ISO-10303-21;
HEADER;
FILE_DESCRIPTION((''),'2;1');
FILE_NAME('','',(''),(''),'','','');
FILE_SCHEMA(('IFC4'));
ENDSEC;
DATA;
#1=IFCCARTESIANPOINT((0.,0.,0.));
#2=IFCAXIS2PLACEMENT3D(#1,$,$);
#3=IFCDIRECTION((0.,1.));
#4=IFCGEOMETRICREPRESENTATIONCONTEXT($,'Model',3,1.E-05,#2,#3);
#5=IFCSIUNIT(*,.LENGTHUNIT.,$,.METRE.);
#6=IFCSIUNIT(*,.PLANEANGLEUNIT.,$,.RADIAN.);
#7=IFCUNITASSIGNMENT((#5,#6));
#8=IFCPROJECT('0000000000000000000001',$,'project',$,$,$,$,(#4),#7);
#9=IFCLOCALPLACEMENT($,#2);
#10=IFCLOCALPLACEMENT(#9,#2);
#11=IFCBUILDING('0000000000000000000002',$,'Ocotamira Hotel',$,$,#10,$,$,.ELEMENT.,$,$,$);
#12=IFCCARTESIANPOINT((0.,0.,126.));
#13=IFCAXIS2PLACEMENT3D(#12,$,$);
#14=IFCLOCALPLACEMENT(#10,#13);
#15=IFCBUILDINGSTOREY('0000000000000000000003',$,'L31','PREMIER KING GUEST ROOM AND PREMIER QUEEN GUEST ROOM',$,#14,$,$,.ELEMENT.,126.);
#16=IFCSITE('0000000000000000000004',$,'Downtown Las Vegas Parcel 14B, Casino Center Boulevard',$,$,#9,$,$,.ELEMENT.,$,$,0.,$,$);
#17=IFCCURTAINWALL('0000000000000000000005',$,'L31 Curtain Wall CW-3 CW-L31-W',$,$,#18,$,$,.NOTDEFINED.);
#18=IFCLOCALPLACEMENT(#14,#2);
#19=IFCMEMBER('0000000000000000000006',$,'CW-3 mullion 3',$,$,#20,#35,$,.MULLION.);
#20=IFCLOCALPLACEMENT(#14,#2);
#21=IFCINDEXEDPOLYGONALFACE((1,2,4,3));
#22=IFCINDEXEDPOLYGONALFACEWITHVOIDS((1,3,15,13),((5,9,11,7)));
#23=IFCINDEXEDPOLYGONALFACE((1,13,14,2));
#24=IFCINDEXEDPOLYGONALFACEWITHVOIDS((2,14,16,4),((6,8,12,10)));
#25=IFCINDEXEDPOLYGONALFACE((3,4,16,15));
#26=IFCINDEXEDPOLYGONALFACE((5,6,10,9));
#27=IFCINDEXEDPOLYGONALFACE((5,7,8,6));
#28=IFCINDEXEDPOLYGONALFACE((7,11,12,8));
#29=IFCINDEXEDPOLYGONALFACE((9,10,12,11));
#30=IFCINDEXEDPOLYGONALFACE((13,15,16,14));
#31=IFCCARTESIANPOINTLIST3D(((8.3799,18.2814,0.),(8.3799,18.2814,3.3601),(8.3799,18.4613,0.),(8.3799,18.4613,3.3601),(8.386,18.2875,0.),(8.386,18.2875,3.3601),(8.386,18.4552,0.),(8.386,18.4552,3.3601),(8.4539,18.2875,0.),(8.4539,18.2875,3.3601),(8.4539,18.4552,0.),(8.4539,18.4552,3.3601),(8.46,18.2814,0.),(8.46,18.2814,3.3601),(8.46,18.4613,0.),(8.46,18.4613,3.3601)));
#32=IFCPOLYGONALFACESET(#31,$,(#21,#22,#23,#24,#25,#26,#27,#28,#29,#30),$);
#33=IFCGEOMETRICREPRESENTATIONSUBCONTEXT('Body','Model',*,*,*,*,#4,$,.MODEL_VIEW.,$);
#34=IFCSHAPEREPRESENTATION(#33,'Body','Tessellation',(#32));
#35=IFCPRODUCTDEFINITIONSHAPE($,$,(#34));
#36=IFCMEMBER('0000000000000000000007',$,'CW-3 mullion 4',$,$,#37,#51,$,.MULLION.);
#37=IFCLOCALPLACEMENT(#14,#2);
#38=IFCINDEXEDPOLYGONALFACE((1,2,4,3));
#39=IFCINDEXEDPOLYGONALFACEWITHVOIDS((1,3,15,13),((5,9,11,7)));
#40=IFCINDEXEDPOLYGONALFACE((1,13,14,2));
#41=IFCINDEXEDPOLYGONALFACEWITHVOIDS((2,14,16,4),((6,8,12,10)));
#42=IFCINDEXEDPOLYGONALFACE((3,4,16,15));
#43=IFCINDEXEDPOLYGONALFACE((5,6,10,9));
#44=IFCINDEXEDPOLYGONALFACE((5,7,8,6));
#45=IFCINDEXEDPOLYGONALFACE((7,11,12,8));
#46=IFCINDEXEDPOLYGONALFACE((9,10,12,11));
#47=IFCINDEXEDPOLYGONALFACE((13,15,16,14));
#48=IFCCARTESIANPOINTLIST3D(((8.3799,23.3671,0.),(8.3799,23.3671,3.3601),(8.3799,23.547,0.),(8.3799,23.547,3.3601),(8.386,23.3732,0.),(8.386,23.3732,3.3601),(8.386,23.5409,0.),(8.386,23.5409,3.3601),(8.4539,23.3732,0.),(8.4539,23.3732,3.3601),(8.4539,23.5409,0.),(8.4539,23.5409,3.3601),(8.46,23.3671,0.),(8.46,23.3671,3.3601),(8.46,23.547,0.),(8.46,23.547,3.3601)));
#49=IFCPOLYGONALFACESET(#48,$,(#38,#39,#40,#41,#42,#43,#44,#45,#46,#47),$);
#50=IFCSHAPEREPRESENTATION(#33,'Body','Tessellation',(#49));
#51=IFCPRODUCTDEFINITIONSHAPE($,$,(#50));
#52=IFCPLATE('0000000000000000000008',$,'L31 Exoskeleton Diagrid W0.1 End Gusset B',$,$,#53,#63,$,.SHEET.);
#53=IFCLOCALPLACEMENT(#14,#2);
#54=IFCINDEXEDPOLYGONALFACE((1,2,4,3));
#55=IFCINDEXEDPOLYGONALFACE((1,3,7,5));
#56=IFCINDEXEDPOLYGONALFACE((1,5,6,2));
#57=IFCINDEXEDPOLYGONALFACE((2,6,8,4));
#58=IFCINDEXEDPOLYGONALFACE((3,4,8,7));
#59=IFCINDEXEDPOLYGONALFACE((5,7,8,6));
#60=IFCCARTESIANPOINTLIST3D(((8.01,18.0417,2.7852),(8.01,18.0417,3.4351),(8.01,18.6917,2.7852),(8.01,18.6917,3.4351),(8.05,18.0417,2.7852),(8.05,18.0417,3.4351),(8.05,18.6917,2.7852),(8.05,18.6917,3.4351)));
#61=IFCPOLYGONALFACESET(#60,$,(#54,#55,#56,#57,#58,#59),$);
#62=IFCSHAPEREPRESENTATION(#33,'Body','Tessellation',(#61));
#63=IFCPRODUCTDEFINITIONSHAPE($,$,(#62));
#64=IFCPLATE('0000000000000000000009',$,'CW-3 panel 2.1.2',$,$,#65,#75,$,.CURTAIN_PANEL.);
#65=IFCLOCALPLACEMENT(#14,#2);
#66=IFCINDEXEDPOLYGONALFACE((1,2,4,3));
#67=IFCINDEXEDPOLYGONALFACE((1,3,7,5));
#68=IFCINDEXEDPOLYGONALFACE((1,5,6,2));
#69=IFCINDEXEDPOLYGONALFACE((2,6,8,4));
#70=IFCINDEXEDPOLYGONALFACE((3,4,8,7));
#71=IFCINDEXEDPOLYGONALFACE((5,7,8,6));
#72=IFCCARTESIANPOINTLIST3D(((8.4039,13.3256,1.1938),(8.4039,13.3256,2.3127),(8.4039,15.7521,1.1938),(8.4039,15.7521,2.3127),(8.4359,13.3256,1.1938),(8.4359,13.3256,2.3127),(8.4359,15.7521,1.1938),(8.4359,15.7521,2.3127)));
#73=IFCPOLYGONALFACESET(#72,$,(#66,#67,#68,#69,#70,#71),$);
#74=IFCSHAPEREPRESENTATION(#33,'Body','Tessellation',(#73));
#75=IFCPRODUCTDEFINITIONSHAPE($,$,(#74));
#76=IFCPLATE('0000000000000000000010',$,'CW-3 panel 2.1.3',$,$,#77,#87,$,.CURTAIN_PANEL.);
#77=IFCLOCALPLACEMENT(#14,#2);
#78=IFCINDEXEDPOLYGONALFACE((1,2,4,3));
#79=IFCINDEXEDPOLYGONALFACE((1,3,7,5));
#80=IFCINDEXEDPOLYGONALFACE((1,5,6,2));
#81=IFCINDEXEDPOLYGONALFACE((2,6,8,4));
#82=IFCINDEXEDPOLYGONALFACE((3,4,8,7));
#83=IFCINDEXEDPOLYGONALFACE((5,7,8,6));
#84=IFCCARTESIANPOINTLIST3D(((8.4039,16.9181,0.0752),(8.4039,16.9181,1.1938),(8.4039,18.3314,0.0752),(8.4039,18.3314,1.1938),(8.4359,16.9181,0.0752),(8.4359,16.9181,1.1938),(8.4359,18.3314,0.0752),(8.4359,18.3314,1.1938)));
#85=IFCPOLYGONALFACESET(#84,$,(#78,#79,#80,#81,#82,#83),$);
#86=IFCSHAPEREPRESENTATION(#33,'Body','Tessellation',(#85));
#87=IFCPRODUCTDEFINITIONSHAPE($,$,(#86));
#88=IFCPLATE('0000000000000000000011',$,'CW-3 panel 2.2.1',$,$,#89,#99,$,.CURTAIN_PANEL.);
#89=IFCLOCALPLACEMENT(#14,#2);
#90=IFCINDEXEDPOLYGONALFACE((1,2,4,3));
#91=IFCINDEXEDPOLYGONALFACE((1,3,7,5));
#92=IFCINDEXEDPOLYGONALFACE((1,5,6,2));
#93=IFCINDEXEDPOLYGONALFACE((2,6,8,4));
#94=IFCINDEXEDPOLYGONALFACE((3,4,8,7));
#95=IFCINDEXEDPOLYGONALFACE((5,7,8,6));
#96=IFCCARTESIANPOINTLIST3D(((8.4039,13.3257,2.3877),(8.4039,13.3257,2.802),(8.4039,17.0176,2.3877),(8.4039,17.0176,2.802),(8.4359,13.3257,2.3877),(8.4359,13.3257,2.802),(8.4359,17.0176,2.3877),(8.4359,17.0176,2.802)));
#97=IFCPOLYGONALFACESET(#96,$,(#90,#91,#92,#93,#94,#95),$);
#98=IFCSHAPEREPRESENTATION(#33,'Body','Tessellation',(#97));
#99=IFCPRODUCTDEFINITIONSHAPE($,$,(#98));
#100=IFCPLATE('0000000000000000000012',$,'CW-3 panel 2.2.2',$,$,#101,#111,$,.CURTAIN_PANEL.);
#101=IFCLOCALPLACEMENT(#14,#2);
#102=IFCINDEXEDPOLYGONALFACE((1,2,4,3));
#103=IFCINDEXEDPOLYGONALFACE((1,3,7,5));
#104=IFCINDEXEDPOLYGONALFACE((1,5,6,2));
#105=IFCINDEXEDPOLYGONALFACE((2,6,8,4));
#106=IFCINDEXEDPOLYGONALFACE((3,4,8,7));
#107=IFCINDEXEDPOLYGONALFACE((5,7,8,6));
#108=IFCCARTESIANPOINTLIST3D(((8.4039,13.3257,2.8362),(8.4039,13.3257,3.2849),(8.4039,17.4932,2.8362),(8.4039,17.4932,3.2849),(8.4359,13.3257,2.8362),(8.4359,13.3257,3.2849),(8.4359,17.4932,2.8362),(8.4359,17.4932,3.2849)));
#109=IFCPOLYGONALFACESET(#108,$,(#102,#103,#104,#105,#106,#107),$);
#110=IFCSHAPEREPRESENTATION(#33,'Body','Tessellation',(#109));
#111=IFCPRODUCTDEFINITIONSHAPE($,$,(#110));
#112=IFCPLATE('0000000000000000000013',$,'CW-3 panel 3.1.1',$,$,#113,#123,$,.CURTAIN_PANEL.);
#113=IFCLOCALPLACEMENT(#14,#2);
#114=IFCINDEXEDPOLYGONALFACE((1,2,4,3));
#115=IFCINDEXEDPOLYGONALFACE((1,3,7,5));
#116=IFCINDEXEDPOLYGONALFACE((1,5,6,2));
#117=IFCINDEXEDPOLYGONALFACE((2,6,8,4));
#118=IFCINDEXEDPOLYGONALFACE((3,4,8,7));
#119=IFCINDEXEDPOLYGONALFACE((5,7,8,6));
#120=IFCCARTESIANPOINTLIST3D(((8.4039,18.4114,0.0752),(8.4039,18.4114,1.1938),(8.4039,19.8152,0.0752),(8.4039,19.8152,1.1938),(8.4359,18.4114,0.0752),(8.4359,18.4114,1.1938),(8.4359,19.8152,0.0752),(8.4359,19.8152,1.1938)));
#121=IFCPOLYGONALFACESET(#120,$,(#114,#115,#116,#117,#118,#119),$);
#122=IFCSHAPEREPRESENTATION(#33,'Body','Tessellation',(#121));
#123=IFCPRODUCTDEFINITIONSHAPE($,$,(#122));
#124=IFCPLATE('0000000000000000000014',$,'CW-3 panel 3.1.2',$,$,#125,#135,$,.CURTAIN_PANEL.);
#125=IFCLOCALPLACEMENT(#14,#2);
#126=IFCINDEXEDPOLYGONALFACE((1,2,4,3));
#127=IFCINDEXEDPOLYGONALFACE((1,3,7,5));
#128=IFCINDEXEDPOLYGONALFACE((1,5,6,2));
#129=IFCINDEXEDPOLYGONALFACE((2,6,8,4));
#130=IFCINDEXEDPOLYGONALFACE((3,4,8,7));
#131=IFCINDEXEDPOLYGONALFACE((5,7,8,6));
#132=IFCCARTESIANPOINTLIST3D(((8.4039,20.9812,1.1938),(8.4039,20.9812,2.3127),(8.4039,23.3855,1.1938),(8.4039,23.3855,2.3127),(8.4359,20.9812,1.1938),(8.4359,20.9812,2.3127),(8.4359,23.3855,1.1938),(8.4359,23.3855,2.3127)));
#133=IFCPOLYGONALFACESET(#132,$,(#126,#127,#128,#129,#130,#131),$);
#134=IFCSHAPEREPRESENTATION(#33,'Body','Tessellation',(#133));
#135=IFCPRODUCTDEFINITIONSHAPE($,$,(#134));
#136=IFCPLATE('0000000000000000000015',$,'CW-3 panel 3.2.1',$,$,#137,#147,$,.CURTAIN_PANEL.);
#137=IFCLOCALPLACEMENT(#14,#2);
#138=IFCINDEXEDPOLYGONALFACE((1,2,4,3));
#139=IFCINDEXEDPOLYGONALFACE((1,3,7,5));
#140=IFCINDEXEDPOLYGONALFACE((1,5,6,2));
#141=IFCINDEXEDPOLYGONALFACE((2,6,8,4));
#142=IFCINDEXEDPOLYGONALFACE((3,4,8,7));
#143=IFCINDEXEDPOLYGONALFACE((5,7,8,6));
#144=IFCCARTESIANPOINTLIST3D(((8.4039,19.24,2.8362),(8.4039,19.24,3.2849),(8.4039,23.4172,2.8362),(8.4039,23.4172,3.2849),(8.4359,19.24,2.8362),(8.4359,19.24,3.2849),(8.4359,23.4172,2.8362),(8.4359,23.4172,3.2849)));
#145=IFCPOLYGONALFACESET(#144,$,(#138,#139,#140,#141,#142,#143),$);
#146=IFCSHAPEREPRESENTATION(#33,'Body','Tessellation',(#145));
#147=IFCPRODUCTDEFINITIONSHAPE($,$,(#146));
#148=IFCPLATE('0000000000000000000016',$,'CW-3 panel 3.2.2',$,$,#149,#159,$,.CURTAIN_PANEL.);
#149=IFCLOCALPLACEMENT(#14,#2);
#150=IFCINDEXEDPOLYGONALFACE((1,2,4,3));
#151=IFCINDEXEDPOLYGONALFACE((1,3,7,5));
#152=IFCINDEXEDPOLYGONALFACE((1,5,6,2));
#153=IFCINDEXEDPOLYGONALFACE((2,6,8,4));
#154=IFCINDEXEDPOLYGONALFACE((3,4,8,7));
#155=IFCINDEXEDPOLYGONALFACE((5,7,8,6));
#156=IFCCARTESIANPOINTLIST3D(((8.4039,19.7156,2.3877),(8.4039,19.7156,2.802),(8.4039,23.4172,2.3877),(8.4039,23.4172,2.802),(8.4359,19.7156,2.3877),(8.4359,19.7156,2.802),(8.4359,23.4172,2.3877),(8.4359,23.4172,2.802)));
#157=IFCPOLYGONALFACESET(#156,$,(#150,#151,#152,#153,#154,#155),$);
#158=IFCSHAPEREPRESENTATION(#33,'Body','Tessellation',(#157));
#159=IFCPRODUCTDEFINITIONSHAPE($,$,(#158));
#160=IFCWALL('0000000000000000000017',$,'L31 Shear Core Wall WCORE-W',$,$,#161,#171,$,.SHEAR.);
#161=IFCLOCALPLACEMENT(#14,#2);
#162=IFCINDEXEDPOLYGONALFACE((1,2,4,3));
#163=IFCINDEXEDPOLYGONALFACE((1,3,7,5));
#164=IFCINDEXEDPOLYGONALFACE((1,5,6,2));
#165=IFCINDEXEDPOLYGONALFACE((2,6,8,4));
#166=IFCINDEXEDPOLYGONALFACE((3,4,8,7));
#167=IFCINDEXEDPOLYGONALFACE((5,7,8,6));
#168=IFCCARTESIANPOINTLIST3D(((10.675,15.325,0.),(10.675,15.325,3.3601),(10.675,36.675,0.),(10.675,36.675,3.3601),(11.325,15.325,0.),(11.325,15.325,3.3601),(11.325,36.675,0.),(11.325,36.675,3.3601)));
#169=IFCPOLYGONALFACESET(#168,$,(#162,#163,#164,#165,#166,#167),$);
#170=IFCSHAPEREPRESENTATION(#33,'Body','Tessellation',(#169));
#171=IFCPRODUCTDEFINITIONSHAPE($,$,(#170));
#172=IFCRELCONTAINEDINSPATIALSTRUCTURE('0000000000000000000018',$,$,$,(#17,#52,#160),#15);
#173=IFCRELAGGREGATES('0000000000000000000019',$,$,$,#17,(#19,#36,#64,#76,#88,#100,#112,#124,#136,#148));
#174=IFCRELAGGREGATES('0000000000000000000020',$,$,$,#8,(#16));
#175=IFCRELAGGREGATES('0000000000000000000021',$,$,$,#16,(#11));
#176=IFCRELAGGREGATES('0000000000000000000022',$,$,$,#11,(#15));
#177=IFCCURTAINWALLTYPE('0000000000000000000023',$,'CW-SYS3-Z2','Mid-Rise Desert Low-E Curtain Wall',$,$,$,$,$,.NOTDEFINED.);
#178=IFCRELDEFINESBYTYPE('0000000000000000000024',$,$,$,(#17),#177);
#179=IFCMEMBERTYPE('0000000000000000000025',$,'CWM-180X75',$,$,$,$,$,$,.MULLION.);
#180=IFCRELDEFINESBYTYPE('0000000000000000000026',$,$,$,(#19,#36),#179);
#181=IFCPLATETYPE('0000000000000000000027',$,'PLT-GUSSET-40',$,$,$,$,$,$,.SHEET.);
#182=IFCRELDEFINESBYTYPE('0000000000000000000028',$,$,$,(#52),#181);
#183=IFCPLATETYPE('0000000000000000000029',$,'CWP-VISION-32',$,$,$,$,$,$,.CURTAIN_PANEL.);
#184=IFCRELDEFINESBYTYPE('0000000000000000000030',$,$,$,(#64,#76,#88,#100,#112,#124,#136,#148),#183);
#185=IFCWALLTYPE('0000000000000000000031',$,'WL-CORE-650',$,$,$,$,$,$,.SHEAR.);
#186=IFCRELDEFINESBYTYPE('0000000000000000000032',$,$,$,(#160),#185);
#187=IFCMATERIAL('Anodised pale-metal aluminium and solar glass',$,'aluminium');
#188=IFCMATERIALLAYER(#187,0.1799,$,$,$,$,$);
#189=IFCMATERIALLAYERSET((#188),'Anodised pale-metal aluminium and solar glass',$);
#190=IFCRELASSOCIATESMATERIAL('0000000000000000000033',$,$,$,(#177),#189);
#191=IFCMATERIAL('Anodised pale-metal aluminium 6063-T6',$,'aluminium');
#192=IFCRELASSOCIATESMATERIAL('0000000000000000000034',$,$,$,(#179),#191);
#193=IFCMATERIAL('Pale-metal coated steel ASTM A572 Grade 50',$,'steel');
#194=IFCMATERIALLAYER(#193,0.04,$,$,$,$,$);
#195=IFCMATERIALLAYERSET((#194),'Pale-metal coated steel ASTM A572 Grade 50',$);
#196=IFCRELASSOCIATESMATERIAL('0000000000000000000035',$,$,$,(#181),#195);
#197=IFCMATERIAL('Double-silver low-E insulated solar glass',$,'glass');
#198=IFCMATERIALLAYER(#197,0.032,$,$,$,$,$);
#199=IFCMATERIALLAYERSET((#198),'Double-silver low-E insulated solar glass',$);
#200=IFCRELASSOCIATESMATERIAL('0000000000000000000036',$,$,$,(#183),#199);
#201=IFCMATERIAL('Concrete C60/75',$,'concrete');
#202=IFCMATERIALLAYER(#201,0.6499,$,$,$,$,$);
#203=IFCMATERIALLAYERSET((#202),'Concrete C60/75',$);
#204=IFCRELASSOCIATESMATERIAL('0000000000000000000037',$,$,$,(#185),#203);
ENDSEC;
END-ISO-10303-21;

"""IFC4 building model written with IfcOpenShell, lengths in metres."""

from ifc_helpers import new_model, si_unit, direction, frame, frame_2d, origin, origin_2d, place, context, subcontext, project, spatial, rectangle, hollow_rectangle, extrude, source, transform, mapped, material, layer, layer_set, material_profile, profile_set, type_object, element, aggregate, save


model = new_model("IFC4")

# Units and contexts
model_context = context("Model", 3, precision=1e-05, world=origin(), true_north=direction((0.0, 1.0)))
body_context = subcontext(model_context, "Body", "Model", "MODEL_VIEW")
ifc_project = project(units=[si_unit("LENGTHUNIT", "METRE"), si_unit("PLANEANGLEUNIT", "RADIAN")], contexts=[model_context])

# Site, building, storey
site_placement = place(None, origin())
site = spatial("IfcSite", under=ifc_project, at=site_placement, Name="Downtown Las Vegas Parcel 14B, Casino Center Boulevard", CompositionType="ELEMENT", RefElevation=0.0)
building_placement = place(site_placement, origin())
building = spatial("IfcBuilding", under=site, at=building_placement, Name="Ocotamira Hotel", CompositionType="ELEMENT")
storey_placement = place(building_placement, frame((0.0, 0.0, 126.0)))
storey = spatial("IfcBuildingStorey", under=building, at=storey_placement, Name="L31", Description="PREMIER KING GUEST ROOM AND PREMIER QUEEN GUEST ROOM", CompositionType="ELEMENT", Elevation=126.0)

# Shared definitions
ifc_material_1 = material(Name="Concrete C60/75", Category="concrete")

# Curtain wall, members
ifc_material_2 = material(Name="Anodised pale-metal aluminium and solar glass", Category="aluminium")
ifc_layer_1 = layer(ifc_material_2, 0.1799)
ifc_layer_set_1 = layer_set([ifc_layer_1], Name="Anodised pale-metal aluminium and solar glass")
curtain_wall_type = type_object("IfcCurtainWallType", Name="CW-SYS3-Z2", Description="Mid-Rise Desert Low-E Curtain Wall", PredefinedType="NOTDEFINED", material=ifc_layer_set_1)
curtain_wall_placement = place(storey_placement, origin())
curtain_wall = element("IfcCurtainWall", 1, at=curtain_wall_placement, inside=storey, type_object=curtain_wall_type, Name="L31 Curtain Wall CW-3 CW-L31-W", PredefinedType="NOTDEFINED")
ifc_material_3 = material(Name="Anodised pale-metal aluminium 6063-T6", Category="aluminium")
ifc_material_profile_1 = material_profile(ifc_material_3, hollow_rectangle(XDim=0.0801, YDim=0.1799, WallThickness=0.0061, at=origin_2d()), Name="HSS180X80X6")
ifc_profile_set_1 = profile_set([ifc_material_profile_1], Name="Anodised pale-metal aluminium 6063-T6")
member_type_1 = type_object("IfcMemberType", Name="CWM-180X75", PredefinedType="MULLION", material=ifc_profile_set_1)
shared_shape_1 = source(origin(), body_context, "Body", "SweptSolid", [
    extrude(hollow_rectangle(XDim=0.0801, YDim=0.1799, WallThickness=0.0061, at=origin_2d()), origin(), (0.0, 0.0, 1.0), 3.3601),
])
member_1_placement = place(storey_placement, frame((8.4199, 18.3713, 0.0), z_axis=(0.0, 0.0, 1.0), x_axis=(-1.0, 0.0, 0.0)))
member_1 = element("IfcMember", 2, at=member_1_placement, type_object=member_type_1, Name="CW-3 mullion 3", PredefinedType="MULLION", context=body_context, shape_type="MappedRepresentation", body=[
    mapped(shared_shape_1, transform((0.0, 0.0, 0.0), scale=1.0)),
])
member_2_placement = place(storey_placement, frame((8.4199, 23.457, 0.0), z_axis=(0.0, 0.0, 1.0), x_axis=(-1.0, 0.0, 0.0)))
member_2 = element("IfcMember", 3, at=member_2_placement, type_object=member_type_1, Name="CW-3 mullion 4", PredefinedType="MULLION", context=body_context, shape_type="MappedRepresentation", body=[
    mapped(shared_shape_1, transform((0.0, 0.0, 0.0), scale=1.0)),
])

# Plates
ifc_material_4 = material(Name="Pale-metal coated steel ASTM A572 Grade 50", Category="steel")
ifc_layer_2 = layer(ifc_material_4, 0.04)
ifc_layer_set_2 = layer_set([ifc_layer_2], Name="Pale-metal coated steel ASTM A572 Grade 50")
plate_type_1 = type_object("IfcPlateType", Name="PLT-GUSSET-40", PredefinedType="SHEET", material=ifc_layer_set_2)
shared_shape_2 = source(origin(), body_context, "Body", "SweptSolid", [
    extrude(rectangle(XDim=0.04, YDim=0.6499, at=origin_2d()), origin(), (0.0, 0.0, 1.0), 0.6499),
])
plate_1_placement = place(storey_placement, frame((8.03, 18.3667, 2.7852), z_axis=(0.0, 0.0, 1.0), x_axis=(1.0, 0.0, 0.0)))
element("IfcPlate", 4, at=plate_1_placement, inside=storey, type_object=plate_type_1, Name="L31 Exoskeleton Diagrid W0.1 End Gusset B", PredefinedType="SHEET", context=body_context, shape_type="MappedRepresentation", body=[
    mapped(shared_shape_2, transform((0.0, 0.0, 0.0), scale=1.0)),
])
ifc_material_5 = material(Name="Double-silver low-E insulated solar glass", Category="glass")
ifc_layer_3 = layer(ifc_material_5, 0.032)
ifc_layer_set_3 = layer_set([ifc_layer_3], Name="Double-silver low-E insulated solar glass")
plate_type_2 = type_object("IfcPlateType", Name="CWP-VISION-32", PredefinedType="CURTAIN_PANEL", material=ifc_layer_set_3)
shared_shape_3 = source(origin(), body_context, "Body", "SweptSolid", [
    extrude(rectangle(XDim=2.4265, YDim=0.032, at=origin_2d()), origin(), (0.0, 0.0, 1.0), 1.1189),
])
plate_2_placement = place(storey_placement, frame((8.4199, 14.5388, 1.1938), z_axis=(0.0, 0.0, 1.0), x_axis=(0.0, 1.0, 0.0)))
plate_2 = element("IfcPlate", 5, at=plate_2_placement, type_object=plate_type_2, Name="CW-3 panel 2.1.2", PredefinedType="CURTAIN_PANEL", context=body_context, shape_type="MappedRepresentation", body=[
    mapped(shared_shape_3, transform((0.0, 0.0, 0.0), scale=1.0)),
])
shared_shape_4 = source(origin(), body_context, "Body", "SweptSolid", [
    extrude(rectangle(XDim=1.4133, YDim=0.032, at=origin_2d()), origin(), (0.0, 0.0, 1.0), 1.1187),
])
plate_3_placement = place(storey_placement, frame((8.4199, 17.6248, 0.0752), z_axis=(0.0, 0.0, 1.0), x_axis=(0.0, 1.0, 0.0)))
plate_3 = element("IfcPlate", 6, at=plate_3_placement, type_object=plate_type_2, Name="CW-3 panel 2.1.3", PredefinedType="CURTAIN_PANEL", context=body_context, shape_type="MappedRepresentation", body=[
    mapped(shared_shape_4, transform((0.0, 0.0, 0.0), scale=1.0)),
])
shared_shape_5 = source(origin(), body_context, "Body", "SweptSolid", [
    extrude(rectangle(XDim=3.6919, YDim=0.032, at=origin_2d()), origin(), (0.0, 0.0, 1.0), 0.4143),
])
plate_4_placement = place(storey_placement, frame((8.4199, 15.1716, 2.3877), z_axis=(0.0, 0.0, 1.0), x_axis=(0.0, 1.0, 0.0)))
plate_4 = element("IfcPlate", 7, at=plate_4_placement, type_object=plate_type_2, Name="CW-3 panel 2.2.1", PredefinedType="CURTAIN_PANEL", context=body_context, shape_type="MappedRepresentation", body=[
    mapped(shared_shape_5, transform((0.0, 0.0, 0.0), scale=1.0)),
])
shared_shape_6 = source(origin(), body_context, "Body", "SweptSolid", [
    extrude(rectangle(XDim=4.1675, YDim=0.032, at=origin_2d()), origin(), (0.0, 0.0, 1.0), 0.4487),
])
plate_5_placement = place(storey_placement, frame((8.4199, 15.4094, 2.8362), z_axis=(0.0, 0.0, 1.0), x_axis=(0.0, 1.0, 0.0)))
plate_5 = element("IfcPlate", 8, at=plate_5_placement, type_object=plate_type_2, Name="CW-3 panel 2.2.2", PredefinedType="CURTAIN_PANEL", context=body_context, shape_type="MappedRepresentation", body=[
    mapped(shared_shape_6, transform((0.0, 0.0, 0.0), scale=1.0)),
])
shared_shape_7 = source(origin(), body_context, "Body", "SweptSolid", [
    extrude(rectangle(XDim=1.4038, YDim=0.032, at=origin_2d()), origin(), (0.0, 0.0, 1.0), 1.1187),
])
plate_6_placement = place(storey_placement, frame((8.4199, 19.1133, 0.0752), z_axis=(0.0, 0.0, 1.0), x_axis=(0.0, 1.0, 0.0)))
plate_6 = element("IfcPlate", 9, at=plate_6_placement, type_object=plate_type_2, Name="CW-3 panel 3.1.1", PredefinedType="CURTAIN_PANEL", context=body_context, shape_type="MappedRepresentation", body=[
    mapped(shared_shape_7, transform((0.0, 0.0, 0.0), scale=1.0)),
])
shared_shape_8 = source(origin(), body_context, "Body", "SweptSolid", [
    extrude(rectangle(XDim=2.4043, YDim=0.032, at=origin_2d()), origin(), (0.0, 0.0, 1.0), 1.1189),
])
plate_7_placement = place(storey_placement, frame((8.4199, 22.1833, 1.1938), z_axis=(0.0, 0.0, 1.0), x_axis=(0.0, 1.0, 0.0)))
plate_7 = element("IfcPlate", 10, at=plate_7_placement, type_object=plate_type_2, Name="CW-3 panel 3.1.2", PredefinedType="CURTAIN_PANEL", context=body_context, shape_type="MappedRepresentation", body=[
    mapped(shared_shape_8, transform((0.0, 0.0, 0.0), scale=1.0)),
])
shared_shape_9 = source(origin(), body_context, "Body", "SweptSolid", [
    extrude(rectangle(XDim=4.1772, YDim=0.032, at=origin_2d()), origin(), (0.0, 0.0, 1.0), 0.4487),
])
plate_8_placement = place(storey_placement, frame((8.4199, 21.3286, 2.8362), z_axis=(0.0, 0.0, 1.0), x_axis=(0.0, 1.0, 0.0)))
plate_8 = element("IfcPlate", 11, at=plate_8_placement, type_object=plate_type_2, Name="CW-3 panel 3.2.1", PredefinedType="CURTAIN_PANEL", context=body_context, shape_type="MappedRepresentation", body=[
    mapped(shared_shape_9, transform((0.0, 0.0, 0.0), scale=1.0)),
])
shared_shape_10 = source(origin(), body_context, "Body", "SweptSolid", [
    extrude(rectangle(XDim=3.7017, YDim=0.032, at=origin_2d()), origin(), (0.0, 0.0, 1.0), 0.4143),
])
plate_9_placement = place(storey_placement, frame((8.4199, 21.5664, 2.3877), z_axis=(0.0, 0.0, 1.0), x_axis=(0.0, 1.0, 0.0)))
plate_9 = element("IfcPlate", 12, at=plate_9_placement, type_object=plate_type_2, Name="CW-3 panel 3.2.2", PredefinedType="CURTAIN_PANEL", context=body_context, shape_type="MappedRepresentation", body=[
    mapped(shared_shape_10, transform((0.0, 0.0, 0.0), scale=1.0)),
])
aggregate(curtain_wall, [member_1, member_2, plate_2, plate_3, plate_4, plate_5, plate_6, plate_7, plate_8, plate_9])

# Shared definitions
ifc_layer_4 = layer(ifc_material_1, 0.6499)
ifc_layer_set_4 = layer_set([ifc_layer_4], Name="Concrete C60/75")
wall_type_1 = type_object("IfcWallType", Name="WL-CORE-650", PredefinedType="SHEAR", material=ifc_layer_set_4)

# Wall
wall_1_placement = place(storey_placement, frame((11.0, 15.325, 0.0), z_axis=(0.0, 0.0, 1.0), x_axis=(0.0, 1.0, 0.0)))
element("IfcWall", 13, at=wall_1_placement, inside=storey, type_object=wall_type_1, Name="L31 Shear Core Wall WCORE-W", PredefinedType="SHEAR", context=body_context, shape_type="SweptSolid", body=[
    extrude(rectangle(XDim=21.3501, YDim=0.6499, at=frame_2d((10.675, 0.0))), origin(), (0.0, 0.0, 1.0), 3.3601),
])

save(model, "model.ifc")
